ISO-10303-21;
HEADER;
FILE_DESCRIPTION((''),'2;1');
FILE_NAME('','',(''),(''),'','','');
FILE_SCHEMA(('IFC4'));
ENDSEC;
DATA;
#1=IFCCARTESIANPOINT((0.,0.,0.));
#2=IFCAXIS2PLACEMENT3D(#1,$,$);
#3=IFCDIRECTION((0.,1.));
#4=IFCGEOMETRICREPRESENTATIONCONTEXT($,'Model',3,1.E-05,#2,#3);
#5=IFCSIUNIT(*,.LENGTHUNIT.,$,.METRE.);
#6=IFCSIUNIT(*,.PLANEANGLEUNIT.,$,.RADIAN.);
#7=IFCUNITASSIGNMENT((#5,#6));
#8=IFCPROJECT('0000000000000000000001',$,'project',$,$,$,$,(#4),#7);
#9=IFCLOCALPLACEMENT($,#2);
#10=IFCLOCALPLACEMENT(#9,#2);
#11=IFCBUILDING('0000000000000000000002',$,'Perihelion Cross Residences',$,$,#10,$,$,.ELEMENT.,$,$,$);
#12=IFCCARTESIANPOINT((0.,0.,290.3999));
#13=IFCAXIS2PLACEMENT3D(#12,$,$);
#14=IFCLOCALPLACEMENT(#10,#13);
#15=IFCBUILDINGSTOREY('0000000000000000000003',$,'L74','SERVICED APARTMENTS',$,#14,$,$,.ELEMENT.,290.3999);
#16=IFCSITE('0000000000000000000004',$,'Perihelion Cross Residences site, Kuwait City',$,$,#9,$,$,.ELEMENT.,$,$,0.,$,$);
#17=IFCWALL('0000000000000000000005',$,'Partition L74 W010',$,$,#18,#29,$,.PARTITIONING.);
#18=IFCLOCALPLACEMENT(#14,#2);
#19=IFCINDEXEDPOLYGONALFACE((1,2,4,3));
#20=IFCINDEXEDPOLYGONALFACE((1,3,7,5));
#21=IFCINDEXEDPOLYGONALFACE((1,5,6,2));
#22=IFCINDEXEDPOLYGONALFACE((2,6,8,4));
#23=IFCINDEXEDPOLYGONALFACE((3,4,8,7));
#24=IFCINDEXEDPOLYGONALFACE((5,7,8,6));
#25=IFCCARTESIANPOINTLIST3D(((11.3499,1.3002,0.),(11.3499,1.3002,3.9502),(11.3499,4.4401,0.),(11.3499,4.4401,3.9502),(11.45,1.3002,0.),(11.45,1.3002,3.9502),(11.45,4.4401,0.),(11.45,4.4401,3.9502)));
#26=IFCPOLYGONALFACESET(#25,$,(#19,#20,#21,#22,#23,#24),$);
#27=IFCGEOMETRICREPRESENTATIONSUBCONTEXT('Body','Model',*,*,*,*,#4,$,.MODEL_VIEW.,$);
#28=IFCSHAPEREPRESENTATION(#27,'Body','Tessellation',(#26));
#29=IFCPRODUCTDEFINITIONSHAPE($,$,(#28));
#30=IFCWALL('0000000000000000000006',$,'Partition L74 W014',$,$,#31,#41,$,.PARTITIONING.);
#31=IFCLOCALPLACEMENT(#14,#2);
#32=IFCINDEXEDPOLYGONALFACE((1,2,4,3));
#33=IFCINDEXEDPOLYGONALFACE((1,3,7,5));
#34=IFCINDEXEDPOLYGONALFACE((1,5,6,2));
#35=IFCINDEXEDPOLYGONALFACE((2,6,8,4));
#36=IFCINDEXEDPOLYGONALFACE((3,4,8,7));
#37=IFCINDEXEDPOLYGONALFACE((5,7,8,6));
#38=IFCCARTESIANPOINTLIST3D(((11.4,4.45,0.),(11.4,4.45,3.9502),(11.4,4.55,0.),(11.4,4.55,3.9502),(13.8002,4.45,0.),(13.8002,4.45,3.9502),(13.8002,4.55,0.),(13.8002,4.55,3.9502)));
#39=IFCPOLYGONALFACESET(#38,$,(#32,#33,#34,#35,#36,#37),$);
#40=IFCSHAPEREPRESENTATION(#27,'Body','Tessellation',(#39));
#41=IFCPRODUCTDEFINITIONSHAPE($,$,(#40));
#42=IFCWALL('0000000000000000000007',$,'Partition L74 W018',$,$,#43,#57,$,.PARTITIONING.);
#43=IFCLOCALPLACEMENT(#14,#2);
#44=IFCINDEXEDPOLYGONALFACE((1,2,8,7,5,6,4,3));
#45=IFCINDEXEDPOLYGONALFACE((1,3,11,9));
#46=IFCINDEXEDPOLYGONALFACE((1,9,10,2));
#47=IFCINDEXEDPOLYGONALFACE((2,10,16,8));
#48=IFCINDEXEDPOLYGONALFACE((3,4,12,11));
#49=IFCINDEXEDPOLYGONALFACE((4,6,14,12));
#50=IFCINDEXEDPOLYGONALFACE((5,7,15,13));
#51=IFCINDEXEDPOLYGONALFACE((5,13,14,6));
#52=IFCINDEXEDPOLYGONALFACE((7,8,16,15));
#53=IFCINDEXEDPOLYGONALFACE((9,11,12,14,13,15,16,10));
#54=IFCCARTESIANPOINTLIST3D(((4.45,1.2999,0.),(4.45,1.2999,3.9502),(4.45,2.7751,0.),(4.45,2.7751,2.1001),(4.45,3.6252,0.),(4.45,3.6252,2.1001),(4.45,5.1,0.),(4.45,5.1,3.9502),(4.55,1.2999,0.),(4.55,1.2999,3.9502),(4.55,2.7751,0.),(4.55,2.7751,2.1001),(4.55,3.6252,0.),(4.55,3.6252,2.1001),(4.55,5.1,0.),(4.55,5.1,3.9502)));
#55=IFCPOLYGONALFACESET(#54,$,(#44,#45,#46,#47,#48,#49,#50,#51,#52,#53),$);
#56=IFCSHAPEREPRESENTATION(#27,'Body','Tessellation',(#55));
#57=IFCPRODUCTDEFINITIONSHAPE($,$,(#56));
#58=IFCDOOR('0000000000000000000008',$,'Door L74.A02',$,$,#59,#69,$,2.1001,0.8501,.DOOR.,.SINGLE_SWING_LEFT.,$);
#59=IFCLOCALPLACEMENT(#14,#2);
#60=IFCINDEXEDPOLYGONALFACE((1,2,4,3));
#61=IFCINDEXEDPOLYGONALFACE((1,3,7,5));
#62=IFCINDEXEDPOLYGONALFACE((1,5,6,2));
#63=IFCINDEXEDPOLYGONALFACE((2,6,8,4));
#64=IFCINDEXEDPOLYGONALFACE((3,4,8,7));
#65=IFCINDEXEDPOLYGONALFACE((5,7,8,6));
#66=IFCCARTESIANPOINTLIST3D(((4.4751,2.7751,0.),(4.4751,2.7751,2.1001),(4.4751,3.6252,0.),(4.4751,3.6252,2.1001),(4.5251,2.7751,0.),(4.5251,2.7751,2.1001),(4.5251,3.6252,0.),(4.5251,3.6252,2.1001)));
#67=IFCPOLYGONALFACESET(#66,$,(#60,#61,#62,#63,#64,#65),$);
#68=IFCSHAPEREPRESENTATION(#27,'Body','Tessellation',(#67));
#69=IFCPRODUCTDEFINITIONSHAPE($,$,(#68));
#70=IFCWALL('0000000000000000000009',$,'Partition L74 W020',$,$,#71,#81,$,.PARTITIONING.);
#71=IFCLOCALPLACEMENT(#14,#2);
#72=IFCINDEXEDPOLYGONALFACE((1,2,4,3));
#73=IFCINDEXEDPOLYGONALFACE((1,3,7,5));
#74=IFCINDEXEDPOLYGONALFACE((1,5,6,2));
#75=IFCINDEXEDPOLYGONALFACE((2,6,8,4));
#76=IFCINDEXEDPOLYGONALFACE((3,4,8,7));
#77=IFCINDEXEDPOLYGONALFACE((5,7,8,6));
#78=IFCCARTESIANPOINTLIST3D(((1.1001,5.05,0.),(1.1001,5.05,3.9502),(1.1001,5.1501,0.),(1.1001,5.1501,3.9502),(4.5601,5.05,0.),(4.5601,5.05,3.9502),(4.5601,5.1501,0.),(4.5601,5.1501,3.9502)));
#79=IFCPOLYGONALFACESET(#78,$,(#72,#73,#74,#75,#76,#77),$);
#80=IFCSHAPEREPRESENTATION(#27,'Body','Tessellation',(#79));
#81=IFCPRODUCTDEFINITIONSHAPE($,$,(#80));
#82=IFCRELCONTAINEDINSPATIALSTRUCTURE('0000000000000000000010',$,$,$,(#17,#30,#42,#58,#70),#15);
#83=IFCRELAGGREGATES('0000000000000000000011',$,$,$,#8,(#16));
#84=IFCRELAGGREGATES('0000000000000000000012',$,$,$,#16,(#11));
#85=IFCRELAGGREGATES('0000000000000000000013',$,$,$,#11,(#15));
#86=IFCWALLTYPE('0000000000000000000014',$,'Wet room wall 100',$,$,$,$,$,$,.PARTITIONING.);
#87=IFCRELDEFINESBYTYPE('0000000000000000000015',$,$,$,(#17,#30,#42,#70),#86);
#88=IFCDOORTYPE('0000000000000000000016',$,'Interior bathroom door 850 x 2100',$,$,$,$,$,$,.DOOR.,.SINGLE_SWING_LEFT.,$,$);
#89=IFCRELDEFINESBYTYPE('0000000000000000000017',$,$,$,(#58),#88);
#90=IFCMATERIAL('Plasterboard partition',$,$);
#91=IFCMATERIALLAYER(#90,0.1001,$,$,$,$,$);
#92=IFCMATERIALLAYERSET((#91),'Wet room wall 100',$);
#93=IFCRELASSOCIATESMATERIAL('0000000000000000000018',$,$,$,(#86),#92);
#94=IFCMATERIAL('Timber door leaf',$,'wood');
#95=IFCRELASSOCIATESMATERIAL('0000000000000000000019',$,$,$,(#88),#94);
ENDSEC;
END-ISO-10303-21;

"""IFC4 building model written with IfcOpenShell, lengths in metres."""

from ifc_helpers import new_model, si_unit, direction, frame, frame_2d, origin, place, context, subcontext, project, spatial, rectangle, extrude, material, layer, layer_set, type_object, element, fill, save


model = new_model("IFC4")

# Units and contexts
model_context = context("Model", 3, precision=1e-05, world=origin(), true_north=direction((0.0, 1.0)))
body_context = subcontext(model_context, "Body", "Model", "MODEL_VIEW")
ifc_project = project(units=[si_unit("LENGTHUNIT", "METRE"), si_unit("PLANEANGLEUNIT", "RADIAN")], contexts=[model_context])

# Site, building, storey
site_placement = place(None, origin())
site = spatial("IfcSite", under=ifc_project, at=site_placement, Name="Perihelion Cross Residences site, Kuwait City", CompositionType="ELEMENT", RefElevation=0.0)
building_placement = place(site_placement, origin())
building = spatial("IfcBuilding", under=site, at=building_placement, Name="Perihelion Cross Residences", CompositionType="ELEMENT")
storey_placement = place(building_placement, frame((0.0, 0.0, 290.3999)))
storey = spatial("IfcBuildingStorey", under=building, at=storey_placement, Name="L74", Description="SERVICED APARTMENTS", CompositionType="ELEMENT", Elevation=290.3999)

# Walls
ifc_material_1 = material(Name="Plasterboard partition")
ifc_layer_1 = layer(ifc_material_1, 0.1001)
ifc_layer_set_1 = layer_set([ifc_layer_1], Name="Wet room wall 100")
wall_type_1 = type_object("IfcWallType", Name="Wet room wall 100", PredefinedType="PARTITIONING", material=ifc_layer_set_1)
wall_1_placement = place(storey_placement, frame((11.3999, 4.4399, 0.0), z_axis=(0.0, 0.0, 1.0), x_axis=(0.0, -1.0, 0.0)))
element("IfcWall", 1, at=wall_1_placement, inside=storey, type_object=wall_type_1, Name="Partition L74 W010", PredefinedType="PARTITIONING", context=body_context, shape_type="SweptSolid", body=[
    extrude(rectangle(XDim=3.1399, YDim=0.1001, at=frame_2d((1.5698, 0.0))), origin(), (0.0, 0.0, 1.0), 3.9502),
])
wall_2_placement = place(storey_placement, frame((11.3999, 4.5, 0.0), z_axis=(0.0, 0.0, 1.0), x_axis=(1.0, 0.0, 0.0)))
element("IfcWall", 2, at=wall_2_placement, inside=storey, type_object=wall_type_1, Name="Partition L74 W014", PredefinedType="PARTITIONING", context=body_context, shape_type="SweptSolid", body=[
    extrude(rectangle(XDim=2.4001, YDim=0.1001, at=frame_2d((1.2002, 0.0))), origin(), (0.0, 0.0, 1.0), 3.9502),
])

# Wall, opening, door
wall_3_placement = place(storey_placement, frame((4.5, 1.3, 0.0), z_axis=(0.0, 0.0, 1.0), x_axis=(0.0, 1.0, 0.0)))
wall_3 = element("IfcWall", 3, at=wall_3_placement, inside=storey, type_object=wall_type_1, Name="Partition L74 W018", PredefinedType="PARTITIONING", context=body_context, shape_type="SweptSolid", body=[
    extrude(rectangle(XDim=3.8, YDim=0.1001, at=frame_2d((1.8999, 0.0))), origin(), (0.0, 0.0, 1.0), 3.9502),
])
opening_1_placement = place(wall_3_placement, frame((1.4751, 0.0, 0.0)))
opening_1 = element("IfcOpeningElement", 4, at=opening_1_placement, cuts=wall_3, PredefinedType="OPENING", context=body_context, shape_type="SweptSolid", body=[
    extrude(rectangle(XDim=0.8501, YDim=2.1001, at=frame_2d((0.425, 1.05))), frame((0.0, 0.0601, 0.0), z_axis=(0.0, -1.0, 0.0), x_axis=(1.0, 0.0, 0.0)), (0.0, 0.0, 1.0), 0.1201),
])
ifc_material_2 = material(Name="Timber door leaf", Category="wood")
door_type_1 = type_object("IfcDoorType", Name="Interior bathroom door 850 x 2100", OperationType="SINGLE_SWING_LEFT", PredefinedType="DOOR", material=ifc_material_2)
door_1_placement = place(opening_1_placement, origin())
door_1 = element("IfcDoor", 5, at=door_1_placement, inside=storey, type_object=door_type_1, Name="Door L74.A02", OperationType="SINGLE_SWING_LEFT", OverallHeight=2.1001, OverallWidth=0.8501, PredefinedType="DOOR", context=body_context, shape_type="SweptSolid", body=[
    extrude(rectangle(XDim=0.8501, YDim=2.1001, at=frame_2d((0.425, 1.05))), frame((0.0, 0.0249, 0.0), z_axis=(0.0, -1.0, 0.0), x_axis=(1.0, 0.0, 0.0)), (0.0, 0.0, 1.0), 0.05),
])
fill(opening_1, door_1)

# Wall
wall_4_placement = place(storey_placement, frame((1.1001, 5.1001, 0.0), z_axis=(0.0, 0.0, 1.0), x_axis=(1.0, 0.0, 0.0)))
element("IfcWall", 6, at=wall_4_placement, inside=storey, type_object=wall_type_1, Name="Partition L74 W020", PredefinedType="PARTITIONING", context=body_context, shape_type="SweptSolid", body=[
    extrude(rectangle(XDim=3.46, YDim=0.1001, at=frame_2d((1.73, 0.0))), origin(), (0.0, 0.0, 1.0), 3.9502),
])

save(model, "model.ifc")
